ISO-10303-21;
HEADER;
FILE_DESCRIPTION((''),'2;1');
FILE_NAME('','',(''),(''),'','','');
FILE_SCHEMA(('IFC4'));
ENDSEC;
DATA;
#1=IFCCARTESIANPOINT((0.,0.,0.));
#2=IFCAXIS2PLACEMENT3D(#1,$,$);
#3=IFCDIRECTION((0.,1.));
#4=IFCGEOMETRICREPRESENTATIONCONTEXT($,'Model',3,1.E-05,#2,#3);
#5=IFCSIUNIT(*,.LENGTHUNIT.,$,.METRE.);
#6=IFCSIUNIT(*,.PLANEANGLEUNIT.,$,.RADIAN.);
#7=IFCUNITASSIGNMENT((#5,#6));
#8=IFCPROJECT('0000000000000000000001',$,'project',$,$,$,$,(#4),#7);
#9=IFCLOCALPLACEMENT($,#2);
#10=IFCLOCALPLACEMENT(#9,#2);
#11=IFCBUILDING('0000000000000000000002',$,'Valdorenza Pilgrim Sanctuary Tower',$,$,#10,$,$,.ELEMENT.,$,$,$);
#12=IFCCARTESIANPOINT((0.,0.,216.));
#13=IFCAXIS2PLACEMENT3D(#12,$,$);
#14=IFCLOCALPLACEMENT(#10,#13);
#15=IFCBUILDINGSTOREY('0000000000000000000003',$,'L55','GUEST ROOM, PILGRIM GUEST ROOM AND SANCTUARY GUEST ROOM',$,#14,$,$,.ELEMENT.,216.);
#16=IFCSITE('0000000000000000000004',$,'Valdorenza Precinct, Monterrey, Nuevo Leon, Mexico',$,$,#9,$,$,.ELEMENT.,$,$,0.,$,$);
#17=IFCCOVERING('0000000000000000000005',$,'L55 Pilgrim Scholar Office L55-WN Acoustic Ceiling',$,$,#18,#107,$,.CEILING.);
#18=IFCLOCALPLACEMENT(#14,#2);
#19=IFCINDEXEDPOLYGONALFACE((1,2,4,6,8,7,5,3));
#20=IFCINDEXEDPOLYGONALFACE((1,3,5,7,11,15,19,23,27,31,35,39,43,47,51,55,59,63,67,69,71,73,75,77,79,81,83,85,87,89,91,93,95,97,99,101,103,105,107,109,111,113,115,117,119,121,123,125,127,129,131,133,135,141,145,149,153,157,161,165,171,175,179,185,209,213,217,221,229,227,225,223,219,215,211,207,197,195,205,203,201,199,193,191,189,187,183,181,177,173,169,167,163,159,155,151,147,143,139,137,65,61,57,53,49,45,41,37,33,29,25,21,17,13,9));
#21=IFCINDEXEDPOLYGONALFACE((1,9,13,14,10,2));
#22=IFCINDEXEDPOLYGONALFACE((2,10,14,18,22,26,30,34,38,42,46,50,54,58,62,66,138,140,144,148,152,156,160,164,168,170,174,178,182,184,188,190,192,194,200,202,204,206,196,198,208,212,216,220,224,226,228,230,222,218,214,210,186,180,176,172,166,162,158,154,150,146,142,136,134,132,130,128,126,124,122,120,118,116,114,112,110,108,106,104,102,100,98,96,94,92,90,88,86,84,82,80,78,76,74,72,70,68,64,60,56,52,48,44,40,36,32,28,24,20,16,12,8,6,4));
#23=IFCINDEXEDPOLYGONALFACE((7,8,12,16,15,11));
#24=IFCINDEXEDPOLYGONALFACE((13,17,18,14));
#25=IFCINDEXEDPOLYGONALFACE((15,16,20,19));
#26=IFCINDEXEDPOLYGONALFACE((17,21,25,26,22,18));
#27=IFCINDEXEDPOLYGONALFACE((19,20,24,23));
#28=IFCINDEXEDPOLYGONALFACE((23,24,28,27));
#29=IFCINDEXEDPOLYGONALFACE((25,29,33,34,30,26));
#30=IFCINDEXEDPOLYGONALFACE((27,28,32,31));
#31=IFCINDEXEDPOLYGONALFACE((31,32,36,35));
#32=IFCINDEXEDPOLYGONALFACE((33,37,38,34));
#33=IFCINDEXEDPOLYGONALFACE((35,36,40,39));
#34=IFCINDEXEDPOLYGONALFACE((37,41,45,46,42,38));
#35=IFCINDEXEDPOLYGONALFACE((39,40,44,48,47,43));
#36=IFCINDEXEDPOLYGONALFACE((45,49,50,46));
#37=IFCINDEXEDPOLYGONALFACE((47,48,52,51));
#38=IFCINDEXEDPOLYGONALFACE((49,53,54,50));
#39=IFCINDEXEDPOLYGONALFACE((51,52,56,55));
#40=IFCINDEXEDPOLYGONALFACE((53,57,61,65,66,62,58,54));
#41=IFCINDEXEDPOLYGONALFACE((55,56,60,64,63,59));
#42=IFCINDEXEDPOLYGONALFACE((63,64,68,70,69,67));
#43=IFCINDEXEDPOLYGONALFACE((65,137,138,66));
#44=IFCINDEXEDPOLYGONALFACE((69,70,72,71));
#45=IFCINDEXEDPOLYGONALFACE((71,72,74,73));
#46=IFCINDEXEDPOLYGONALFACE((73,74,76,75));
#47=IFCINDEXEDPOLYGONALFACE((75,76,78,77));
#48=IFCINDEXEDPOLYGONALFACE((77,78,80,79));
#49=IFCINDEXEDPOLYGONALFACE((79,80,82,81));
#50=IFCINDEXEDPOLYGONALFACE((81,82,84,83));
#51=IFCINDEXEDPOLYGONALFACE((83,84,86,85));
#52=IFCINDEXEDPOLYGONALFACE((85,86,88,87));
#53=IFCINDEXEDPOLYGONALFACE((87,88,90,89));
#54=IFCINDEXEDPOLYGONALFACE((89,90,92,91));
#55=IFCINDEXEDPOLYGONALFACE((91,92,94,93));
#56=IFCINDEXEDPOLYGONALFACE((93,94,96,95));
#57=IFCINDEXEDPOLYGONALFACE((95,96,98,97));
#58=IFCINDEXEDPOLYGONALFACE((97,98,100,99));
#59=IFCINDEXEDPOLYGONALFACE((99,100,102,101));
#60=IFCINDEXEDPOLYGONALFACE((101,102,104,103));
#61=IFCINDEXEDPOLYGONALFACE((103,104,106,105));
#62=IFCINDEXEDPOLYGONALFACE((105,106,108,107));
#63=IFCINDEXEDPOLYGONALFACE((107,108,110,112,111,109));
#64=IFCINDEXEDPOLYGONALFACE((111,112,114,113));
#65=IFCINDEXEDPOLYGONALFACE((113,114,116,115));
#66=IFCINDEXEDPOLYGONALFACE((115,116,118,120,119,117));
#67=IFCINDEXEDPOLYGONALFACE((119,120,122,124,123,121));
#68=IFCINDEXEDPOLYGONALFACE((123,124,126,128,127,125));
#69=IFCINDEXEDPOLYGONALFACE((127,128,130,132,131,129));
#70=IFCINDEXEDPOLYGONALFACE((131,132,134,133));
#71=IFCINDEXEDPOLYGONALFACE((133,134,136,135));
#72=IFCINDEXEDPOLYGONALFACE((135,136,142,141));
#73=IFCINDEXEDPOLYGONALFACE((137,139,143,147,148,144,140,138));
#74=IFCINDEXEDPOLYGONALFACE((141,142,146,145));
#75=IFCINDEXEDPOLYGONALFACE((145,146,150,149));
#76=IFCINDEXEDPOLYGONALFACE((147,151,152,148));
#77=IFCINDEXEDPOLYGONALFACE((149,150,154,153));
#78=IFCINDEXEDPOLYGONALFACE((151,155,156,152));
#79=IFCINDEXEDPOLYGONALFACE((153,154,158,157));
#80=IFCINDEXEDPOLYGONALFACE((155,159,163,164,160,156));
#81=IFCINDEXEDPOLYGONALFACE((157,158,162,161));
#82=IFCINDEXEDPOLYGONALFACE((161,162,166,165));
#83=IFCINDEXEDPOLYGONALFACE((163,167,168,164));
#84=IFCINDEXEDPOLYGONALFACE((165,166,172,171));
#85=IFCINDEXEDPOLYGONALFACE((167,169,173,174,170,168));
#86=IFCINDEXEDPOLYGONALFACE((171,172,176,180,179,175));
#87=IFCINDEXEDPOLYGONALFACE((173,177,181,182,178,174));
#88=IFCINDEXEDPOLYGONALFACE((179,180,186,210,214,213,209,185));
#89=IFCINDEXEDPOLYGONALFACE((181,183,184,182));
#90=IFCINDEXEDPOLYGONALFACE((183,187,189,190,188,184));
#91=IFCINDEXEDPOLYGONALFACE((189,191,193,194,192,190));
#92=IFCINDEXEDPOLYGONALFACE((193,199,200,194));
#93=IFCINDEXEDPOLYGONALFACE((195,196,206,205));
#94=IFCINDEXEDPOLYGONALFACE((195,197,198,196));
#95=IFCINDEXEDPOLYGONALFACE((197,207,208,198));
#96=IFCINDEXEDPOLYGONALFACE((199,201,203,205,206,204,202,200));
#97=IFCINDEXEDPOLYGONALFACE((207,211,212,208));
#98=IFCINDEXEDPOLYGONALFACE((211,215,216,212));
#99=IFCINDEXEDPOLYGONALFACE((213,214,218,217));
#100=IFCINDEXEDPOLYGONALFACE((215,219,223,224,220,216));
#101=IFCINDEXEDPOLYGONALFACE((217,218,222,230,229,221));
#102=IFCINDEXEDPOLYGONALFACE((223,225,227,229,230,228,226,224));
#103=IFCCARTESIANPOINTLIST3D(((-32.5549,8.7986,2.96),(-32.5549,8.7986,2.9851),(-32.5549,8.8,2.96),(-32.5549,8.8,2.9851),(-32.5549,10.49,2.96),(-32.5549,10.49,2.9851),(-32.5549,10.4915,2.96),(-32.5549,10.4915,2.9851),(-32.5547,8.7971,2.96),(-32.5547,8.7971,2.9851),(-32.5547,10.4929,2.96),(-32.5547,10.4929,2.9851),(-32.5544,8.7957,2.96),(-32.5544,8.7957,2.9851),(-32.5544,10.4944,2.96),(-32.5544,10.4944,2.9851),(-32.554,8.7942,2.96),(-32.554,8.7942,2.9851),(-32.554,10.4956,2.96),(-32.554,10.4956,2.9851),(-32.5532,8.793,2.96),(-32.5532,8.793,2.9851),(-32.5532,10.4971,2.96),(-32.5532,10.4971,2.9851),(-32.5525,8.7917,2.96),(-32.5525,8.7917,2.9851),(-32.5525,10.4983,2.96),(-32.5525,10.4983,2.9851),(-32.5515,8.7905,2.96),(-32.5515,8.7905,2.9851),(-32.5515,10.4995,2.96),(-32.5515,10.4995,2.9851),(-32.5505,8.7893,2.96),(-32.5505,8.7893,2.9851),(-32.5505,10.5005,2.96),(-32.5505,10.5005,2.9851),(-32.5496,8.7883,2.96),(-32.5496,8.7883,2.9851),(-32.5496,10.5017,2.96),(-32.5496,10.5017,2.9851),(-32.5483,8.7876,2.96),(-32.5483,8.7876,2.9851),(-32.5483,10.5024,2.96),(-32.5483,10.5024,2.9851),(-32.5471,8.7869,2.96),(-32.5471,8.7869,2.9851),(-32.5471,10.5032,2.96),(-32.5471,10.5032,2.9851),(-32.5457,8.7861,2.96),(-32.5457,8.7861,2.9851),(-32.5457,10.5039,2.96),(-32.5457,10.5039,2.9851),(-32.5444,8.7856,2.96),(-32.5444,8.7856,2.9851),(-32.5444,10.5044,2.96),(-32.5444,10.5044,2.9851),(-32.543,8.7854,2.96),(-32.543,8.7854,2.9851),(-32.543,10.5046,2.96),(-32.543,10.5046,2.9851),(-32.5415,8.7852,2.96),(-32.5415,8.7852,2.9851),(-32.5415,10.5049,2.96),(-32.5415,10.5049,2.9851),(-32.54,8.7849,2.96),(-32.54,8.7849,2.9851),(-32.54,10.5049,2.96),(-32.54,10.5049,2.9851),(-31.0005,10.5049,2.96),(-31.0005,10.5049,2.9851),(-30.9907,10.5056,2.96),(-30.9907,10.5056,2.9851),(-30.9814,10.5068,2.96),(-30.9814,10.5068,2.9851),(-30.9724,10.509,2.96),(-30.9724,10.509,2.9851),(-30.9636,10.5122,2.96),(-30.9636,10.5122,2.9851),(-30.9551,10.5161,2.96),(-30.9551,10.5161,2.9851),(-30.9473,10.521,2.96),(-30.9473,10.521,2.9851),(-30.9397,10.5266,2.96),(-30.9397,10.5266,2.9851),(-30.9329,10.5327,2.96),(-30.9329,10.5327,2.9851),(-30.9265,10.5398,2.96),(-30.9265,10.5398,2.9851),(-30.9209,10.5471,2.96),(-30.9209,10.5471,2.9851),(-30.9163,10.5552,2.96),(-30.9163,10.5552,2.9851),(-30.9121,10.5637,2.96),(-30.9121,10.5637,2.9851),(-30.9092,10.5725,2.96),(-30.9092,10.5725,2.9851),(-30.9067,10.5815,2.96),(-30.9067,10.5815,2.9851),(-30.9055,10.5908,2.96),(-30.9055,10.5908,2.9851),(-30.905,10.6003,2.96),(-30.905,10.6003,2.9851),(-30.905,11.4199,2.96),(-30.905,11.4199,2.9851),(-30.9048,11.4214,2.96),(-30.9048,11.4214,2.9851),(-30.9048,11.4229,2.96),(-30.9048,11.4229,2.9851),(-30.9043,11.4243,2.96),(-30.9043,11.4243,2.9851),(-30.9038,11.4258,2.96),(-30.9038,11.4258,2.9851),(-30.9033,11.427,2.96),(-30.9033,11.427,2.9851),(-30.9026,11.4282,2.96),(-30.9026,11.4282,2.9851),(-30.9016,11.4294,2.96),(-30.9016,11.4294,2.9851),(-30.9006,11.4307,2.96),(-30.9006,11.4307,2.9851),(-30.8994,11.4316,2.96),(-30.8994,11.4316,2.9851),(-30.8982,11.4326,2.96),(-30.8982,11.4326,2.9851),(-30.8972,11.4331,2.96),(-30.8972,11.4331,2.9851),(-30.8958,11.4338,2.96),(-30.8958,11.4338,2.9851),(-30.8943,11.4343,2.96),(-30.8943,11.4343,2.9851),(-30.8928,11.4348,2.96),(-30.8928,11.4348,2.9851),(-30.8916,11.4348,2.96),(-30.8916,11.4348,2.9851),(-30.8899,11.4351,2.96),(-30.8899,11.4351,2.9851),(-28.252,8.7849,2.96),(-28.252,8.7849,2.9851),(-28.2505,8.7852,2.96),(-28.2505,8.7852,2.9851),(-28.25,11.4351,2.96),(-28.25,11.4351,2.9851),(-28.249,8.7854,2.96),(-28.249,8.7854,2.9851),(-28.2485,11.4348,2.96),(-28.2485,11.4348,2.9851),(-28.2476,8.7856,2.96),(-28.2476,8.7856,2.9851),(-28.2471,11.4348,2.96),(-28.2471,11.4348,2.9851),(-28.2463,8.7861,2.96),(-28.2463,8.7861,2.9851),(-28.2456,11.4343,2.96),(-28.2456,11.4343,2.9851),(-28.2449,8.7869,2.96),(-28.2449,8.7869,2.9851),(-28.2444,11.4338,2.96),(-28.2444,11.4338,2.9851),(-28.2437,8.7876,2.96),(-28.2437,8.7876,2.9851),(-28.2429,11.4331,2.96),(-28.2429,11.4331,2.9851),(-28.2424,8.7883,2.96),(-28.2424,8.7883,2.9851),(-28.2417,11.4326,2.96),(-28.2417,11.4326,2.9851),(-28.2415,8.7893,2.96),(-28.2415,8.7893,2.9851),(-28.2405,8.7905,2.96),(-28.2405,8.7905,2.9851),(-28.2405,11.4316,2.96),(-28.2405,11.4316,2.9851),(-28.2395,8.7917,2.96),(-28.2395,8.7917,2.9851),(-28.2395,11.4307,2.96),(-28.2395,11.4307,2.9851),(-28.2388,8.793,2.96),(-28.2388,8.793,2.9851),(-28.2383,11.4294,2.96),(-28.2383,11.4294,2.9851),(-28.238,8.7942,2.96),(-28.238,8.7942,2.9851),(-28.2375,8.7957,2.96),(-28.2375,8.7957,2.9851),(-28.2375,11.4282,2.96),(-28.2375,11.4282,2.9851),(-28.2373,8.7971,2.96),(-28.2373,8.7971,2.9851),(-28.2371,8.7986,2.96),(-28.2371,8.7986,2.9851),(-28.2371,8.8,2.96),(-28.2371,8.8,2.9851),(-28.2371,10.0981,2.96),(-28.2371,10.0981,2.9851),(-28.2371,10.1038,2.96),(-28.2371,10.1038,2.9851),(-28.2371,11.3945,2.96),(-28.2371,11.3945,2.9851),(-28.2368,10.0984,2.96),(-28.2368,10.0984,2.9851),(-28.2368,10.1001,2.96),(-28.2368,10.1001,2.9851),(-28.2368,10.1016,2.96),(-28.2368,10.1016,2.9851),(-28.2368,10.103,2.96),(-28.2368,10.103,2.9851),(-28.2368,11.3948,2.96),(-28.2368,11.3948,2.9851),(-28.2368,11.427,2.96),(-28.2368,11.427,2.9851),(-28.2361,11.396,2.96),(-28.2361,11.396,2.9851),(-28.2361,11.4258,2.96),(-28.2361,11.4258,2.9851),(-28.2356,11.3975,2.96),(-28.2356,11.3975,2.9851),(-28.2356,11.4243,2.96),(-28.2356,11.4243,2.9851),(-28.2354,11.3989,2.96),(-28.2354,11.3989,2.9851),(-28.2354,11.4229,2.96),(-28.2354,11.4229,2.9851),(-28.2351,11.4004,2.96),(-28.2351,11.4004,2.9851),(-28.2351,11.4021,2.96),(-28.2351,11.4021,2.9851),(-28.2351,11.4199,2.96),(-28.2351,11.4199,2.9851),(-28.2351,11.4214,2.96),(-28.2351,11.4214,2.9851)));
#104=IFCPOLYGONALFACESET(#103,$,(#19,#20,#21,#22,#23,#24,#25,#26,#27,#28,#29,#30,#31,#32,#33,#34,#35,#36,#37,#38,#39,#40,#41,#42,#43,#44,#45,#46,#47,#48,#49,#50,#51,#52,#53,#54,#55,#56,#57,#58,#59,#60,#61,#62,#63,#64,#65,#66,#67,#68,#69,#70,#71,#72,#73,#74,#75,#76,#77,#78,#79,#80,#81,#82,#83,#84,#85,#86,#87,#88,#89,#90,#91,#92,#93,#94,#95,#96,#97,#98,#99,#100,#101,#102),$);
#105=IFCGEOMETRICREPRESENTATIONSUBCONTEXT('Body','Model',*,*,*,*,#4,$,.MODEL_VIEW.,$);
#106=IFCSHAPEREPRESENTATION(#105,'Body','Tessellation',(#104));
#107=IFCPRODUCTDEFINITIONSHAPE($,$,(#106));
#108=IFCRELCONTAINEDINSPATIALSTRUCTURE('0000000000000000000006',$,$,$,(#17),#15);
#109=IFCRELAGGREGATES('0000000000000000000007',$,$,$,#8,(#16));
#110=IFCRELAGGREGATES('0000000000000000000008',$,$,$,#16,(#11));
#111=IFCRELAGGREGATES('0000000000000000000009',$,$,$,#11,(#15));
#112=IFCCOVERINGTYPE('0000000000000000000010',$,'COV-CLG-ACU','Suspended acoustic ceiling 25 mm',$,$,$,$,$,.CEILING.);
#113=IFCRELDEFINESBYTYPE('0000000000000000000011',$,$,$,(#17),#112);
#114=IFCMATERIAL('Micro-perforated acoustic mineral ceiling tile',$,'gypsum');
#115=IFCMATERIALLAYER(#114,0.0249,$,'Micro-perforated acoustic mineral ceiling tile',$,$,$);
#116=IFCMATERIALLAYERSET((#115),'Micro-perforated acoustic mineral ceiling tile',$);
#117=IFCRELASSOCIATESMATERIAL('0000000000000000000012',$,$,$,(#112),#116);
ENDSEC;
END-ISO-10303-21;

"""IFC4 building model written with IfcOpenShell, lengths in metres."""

from ifc_helpers import new_model, si_unit, direction, frame, origin, place, context, subcontext, project, spatial, polyline, outline, extrude, material, layer, layer_set, type_object, element, save


model = new_model("IFC4")

# Units and contexts
model_context = context("Model", 3, precision=1e-05, world=origin(), true_north=direction((0.0, 1.0)))
body_context = subcontext(model_context, "Body", "Model", "MODEL_VIEW")
ifc_project = project(units=[si_unit("LENGTHUNIT", "METRE"), si_unit("PLANEANGLEUNIT", "RADIAN")], contexts=[model_context])

# Site, building, storey
site_placement = place(None, origin())
site = spatial("IfcSite", under=ifc_project, at=site_placement, Name="Valdorenza Precinct, Monterrey, Nuevo Leon, Mexico", CompositionType="ELEMENT", RefElevation=0.0)
building_placement = place(site_placement, origin())
building = spatial("IfcBuilding", under=site, at=building_placement, Name="Valdorenza Pilgrim Sanctuary Tower", CompositionType="ELEMENT")
storey_placement = place(building_placement, frame((0.0, 0.0, 216.0)))
storey = spatial("IfcBuildingStorey", under=building, at=storey_placement, Name="L55", Description="GUEST ROOM, PILGRIM GUEST ROOM AND SANCTUARY GUEST ROOM", CompositionType="ELEMENT", Elevation=216.0)

# Covering
ifc_material_1 = material(Name="Micro-perforated acoustic mineral ceiling tile", Category="gypsum")
ifc_layer_1 = layer(ifc_material_1, 0.0249, Name="Micro-perforated acoustic mineral ceiling tile")
ifc_layer_set_1 = layer_set([ifc_layer_1], Name="Micro-perforated acoustic mineral ceiling tile")
covering_type_1 = type_object("IfcCoveringType", Name="COV-CLG-ACU", Description="Suspended acoustic ceiling 25 mm", PredefinedType="CEILING", material=ifc_layer_set_1)
covering_1_placement = place(storey_placement, frame((0.0, 0.0, 2.96)))
element("IfcCovering", 1, at=covering_1_placement, inside=storey, type_object=covering_type_1, Name="L55 Pilgrim Scholar Office L55-WN Acoustic Ceiling", PredefinedType="CEILING", context=body_context, shape_type="SweptSolid", body=[
    extrude(outline(polyline([(-28.2371, 11.3945), (-28.2371, 10.1038), (-28.2368, 10.103), (-28.2368, 10.1016), (-28.2368, 10.1001), (-28.2368, 10.0984), (-28.2371, 10.0981), (-28.2371, 8.8), (-28.2371, 8.7986), (-28.2373, 8.7971), (-28.2375, 8.7957), (-28.238, 8.7942), (-28.2388, 8.793), (-28.2395, 8.7917), (-28.2405, 8.7905), (-28.2415, 8.7893), (-28.2424, 8.7883), (-28.2437, 8.7876), (-28.2449, 8.7869), (-28.2463, 8.7861), (-28.2476, 8.7856), (-28.249, 8.7854), (-28.2505, 8.7852), (-28.252, 8.7849), (-32.54, 8.7849), (-32.5415, 8.7852), (-32.543, 8.7854), (-32.5444, 8.7856), (-32.5457, 8.7861), (-32.5471, 8.7869), (-32.5483, 8.7876), (-32.5496, 8.7883), (-32.5505, 8.7893), (-32.5515, 8.7905), (-32.5525, 8.7917), (-32.5532, 8.793), (-32.554, 8.7942), (-32.5544, 8.7957), (-32.5547, 8.7971), (-32.5549, 8.7986), (-32.5549, 8.8), (-32.5549, 10.49), (-32.5549, 10.4915), (-32.5547, 10.4929), (-32.5544, 10.4944), (-32.554, 10.4956), (-32.5532, 10.4971), (-32.5525, 10.4983), (-32.5515, 10.4995), (-32.5505, 10.5005), (-32.5496, 10.5017), (-32.5483, 10.5024), (-32.5471, 10.5032), (-32.5457, 10.5039), (-32.5444, 10.5044), (-32.543, 10.5046), (-32.5415, 10.5049), (-32.54, 10.5049), (-31.0005, 10.5049), (-30.9907, 10.5056), (-30.9814, 10.5068), (-30.9724, 10.509), (-30.9636, 10.5122), (-30.9551, 10.5161), (-30.9473, 10.521), (-30.9397, 10.5266), (-30.9329, 10.5327), (-30.9265, 10.5398), (-30.9209, 10.5471), (-30.9163, 10.5552), (-30.9121, 10.5637), (-30.9092, 10.5725), (-30.9067, 10.5815), (-30.9055, 10.5908), (-30.905, 10.6003), (-30.905, 11.4199), (-30.9048, 11.4214), (-30.9048, 11.4229), (-30.9043, 11.4243), (-30.9038, 11.4258), (-30.9033, 11.427), (-30.9026, 11.4282), (-30.9016, 11.4294), (-30.9006, 11.4307), (-30.8994, 11.4316), (-30.8982, 11.4326), (-30.8972, 11.4331), (-30.8958, 11.4338), (-30.8943, 11.4343), (-30.8928, 11.4348), (-30.8916, 11.4348), (-30.8899, 11.4351), (-28.25, 11.4351), (-28.2485, 11.4348), (-28.2471, 11.4348), (-28.2456, 11.4343), (-28.2444, 11.4338), (-28.2429, 11.4331), (-28.2417, 11.4326), (-28.2405, 11.4316), (-28.2395, 11.4307), (-28.2383, 11.4294), (-28.2375, 11.4282), (-28.2368, 11.427), (-28.2361, 11.4258), (-28.2356, 11.4243), (-28.2354, 11.4229), (-28.2351, 11.4214), (-28.2351, 11.4199), (-28.2351, 11.4021), (-28.2351, 11.4004), (-28.2354, 11.3989), (-28.2356, 11.3975), (-28.2361, 11.396), (-28.2368, 11.3948), (-28.2371, 11.3945)])), origin(), (0.0, 0.0, 1.0), 0.0251),
])

save(model, "model.ifc")
